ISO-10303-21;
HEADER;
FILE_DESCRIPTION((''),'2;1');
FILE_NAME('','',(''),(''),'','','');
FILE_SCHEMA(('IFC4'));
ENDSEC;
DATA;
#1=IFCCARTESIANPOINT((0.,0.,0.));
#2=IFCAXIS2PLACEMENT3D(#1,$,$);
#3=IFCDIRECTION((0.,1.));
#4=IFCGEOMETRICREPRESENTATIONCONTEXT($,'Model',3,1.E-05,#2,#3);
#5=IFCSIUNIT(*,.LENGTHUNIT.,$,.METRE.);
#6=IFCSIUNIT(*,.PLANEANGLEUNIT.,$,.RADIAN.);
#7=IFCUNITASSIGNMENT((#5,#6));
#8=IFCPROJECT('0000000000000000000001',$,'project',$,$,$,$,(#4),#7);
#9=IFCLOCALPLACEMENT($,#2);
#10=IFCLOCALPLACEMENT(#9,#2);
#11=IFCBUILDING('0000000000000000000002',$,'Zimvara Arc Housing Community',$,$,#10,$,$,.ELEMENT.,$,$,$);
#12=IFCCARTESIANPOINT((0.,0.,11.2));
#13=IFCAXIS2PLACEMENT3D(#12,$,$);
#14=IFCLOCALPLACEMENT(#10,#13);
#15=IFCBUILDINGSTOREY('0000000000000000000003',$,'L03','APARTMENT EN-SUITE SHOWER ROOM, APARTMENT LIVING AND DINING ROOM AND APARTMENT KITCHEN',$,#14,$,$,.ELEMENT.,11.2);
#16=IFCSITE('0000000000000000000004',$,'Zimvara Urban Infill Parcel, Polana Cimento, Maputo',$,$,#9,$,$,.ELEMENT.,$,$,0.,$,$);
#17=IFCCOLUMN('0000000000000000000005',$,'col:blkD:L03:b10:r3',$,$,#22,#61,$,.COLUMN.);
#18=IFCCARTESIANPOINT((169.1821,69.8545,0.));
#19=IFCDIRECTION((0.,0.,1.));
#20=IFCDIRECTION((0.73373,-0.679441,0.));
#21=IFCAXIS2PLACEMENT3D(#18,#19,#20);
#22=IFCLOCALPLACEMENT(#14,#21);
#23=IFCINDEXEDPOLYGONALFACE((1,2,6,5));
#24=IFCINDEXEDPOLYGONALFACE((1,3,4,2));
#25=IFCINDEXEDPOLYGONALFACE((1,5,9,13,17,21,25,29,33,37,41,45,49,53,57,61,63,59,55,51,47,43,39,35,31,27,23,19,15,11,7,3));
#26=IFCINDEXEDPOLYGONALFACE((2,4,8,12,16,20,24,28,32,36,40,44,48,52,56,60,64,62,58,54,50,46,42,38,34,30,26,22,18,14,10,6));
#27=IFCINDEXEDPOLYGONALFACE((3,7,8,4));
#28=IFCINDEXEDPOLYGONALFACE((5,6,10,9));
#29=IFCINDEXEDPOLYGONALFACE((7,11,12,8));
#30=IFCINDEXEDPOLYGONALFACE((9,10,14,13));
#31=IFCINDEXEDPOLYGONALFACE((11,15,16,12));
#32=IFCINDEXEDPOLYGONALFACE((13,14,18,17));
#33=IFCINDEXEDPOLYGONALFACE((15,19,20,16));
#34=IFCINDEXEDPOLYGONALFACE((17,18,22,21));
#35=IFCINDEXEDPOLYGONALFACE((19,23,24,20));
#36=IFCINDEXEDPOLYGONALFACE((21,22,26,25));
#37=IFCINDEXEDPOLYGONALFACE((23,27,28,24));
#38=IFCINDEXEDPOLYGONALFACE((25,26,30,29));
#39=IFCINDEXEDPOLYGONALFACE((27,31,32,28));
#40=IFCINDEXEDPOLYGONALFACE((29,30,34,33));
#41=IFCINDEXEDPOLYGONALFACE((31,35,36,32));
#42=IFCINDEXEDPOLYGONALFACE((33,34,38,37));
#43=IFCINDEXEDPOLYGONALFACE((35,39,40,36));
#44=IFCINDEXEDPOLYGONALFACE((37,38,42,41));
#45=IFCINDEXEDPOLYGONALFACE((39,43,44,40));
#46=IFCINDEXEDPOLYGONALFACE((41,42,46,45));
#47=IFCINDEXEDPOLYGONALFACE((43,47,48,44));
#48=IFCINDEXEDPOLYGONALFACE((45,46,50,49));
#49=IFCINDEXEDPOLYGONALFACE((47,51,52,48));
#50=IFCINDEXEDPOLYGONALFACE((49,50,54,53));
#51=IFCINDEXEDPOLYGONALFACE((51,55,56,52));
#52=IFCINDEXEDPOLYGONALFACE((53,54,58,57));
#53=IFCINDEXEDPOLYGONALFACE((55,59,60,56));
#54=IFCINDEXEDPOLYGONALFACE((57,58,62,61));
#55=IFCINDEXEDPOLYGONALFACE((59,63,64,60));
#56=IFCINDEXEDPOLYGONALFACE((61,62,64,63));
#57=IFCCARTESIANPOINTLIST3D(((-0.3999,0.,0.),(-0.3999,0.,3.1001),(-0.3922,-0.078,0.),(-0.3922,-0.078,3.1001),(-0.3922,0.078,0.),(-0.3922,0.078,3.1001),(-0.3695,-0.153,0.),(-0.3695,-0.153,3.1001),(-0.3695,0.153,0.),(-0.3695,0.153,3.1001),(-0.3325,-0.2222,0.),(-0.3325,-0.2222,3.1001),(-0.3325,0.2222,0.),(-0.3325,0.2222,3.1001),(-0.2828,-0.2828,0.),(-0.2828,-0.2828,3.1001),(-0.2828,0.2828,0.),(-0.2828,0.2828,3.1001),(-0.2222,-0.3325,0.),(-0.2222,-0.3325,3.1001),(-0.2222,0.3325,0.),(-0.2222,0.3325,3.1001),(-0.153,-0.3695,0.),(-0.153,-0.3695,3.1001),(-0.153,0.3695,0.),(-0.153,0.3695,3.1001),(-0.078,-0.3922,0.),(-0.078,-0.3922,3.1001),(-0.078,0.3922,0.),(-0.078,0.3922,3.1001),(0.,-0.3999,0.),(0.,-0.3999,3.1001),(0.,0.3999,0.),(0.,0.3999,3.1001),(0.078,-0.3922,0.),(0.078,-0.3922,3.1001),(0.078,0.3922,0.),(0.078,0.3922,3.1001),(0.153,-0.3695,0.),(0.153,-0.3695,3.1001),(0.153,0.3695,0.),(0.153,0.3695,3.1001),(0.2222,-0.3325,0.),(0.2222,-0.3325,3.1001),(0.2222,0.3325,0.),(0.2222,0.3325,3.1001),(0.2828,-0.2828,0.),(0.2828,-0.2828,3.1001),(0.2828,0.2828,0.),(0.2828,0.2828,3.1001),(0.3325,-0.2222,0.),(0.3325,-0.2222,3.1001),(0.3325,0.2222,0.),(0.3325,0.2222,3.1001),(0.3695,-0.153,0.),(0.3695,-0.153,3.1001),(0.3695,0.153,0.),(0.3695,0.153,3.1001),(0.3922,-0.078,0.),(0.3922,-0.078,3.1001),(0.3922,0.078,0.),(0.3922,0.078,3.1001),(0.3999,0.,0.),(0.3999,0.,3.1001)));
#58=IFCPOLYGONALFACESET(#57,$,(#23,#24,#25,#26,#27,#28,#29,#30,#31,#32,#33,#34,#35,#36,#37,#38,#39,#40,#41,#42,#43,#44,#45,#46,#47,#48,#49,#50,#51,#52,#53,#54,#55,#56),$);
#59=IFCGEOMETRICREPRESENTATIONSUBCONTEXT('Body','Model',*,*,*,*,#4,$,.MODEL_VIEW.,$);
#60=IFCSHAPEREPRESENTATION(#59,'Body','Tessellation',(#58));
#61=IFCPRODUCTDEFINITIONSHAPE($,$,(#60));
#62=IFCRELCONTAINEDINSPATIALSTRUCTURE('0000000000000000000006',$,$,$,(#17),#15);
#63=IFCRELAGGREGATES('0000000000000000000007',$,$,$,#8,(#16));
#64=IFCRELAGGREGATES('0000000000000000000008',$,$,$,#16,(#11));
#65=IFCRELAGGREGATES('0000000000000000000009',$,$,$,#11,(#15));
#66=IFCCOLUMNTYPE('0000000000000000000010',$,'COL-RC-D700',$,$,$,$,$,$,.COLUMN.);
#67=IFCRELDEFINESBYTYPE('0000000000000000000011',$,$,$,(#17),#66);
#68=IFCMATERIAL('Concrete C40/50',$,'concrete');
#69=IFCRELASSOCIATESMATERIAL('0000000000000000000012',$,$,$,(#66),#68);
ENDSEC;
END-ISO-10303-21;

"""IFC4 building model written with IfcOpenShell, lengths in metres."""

from ifc_helpers import new_model, si_unit, direction, frame, origin, origin_2d, place, context, subcontext, project, spatial, circle, extrude, material, material_profile, profile_set, type_object, element, save


model = new_model("IFC4")

# Units and contexts
model_context = context("Model", 3, precision=1e-05, world=origin(), true_north=direction((0.0, 1.0)))
body_context = subcontext(model_context, "Body", "Model", "MODEL_VIEW")
ifc_project = project(units=[si_unit("LENGTHUNIT", "METRE"), si_unit("PLANEANGLEUNIT", "RADIAN")], contexts=[model_context])

# Site, building, storey
site_placement = place(None, origin())
site = spatial("IfcSite", under=ifc_project, at=site_placement, Name="Zimvara Urban Infill Parcel, Polana Cimento, Maputo", CompositionType="ELEMENT", RefElevation=0.0)
building_placement = place(site_placement, origin())
building = spatial("IfcBuilding", under=site, at=building_placement, Name="Zimvara Arc Housing Community", CompositionType="ELEMENT")
storey_placement = place(building_placement, frame((0.0, 0.0, 11.2)))
storey = spatial("IfcBuildingStorey", under=building, at=storey_placement, Name="L03", Description="APARTMENT EN-SUITE SHOWER ROOM, APARTMENT LIVING AND DINING ROOM AND APARTMENT KITCHEN", CompositionType="ELEMENT", Elevation=11.2)

# Column
ifc_material_1 = material(Name="Concrete C40/50", Category="concrete")
ifc_material_profile_1 = material_profile(ifc_material_1, circle(Radius=0.3999, at=origin_2d()), Name="RC D800")
ifc_profile_set_1 = profile_set([ifc_material_profile_1], Name="Concrete C40/50")
column_type_1 = type_object("IfcColumnType", Name="COL-RC-D700", PredefinedType="COLUMN", material=ifc_profile_set_1)
column_placement = place(storey_placement, frame((169.1821, 69.8545, 0.0), z_axis=(0.0, 0.0, 1.0), x_axis=(0.73373, -0.679441, 0.0)))
element("IfcColumn", 1, at=column_placement, inside=storey, type_object=column_type_1, Name="col:blkD:L03:b10:r3", PredefinedType="COLUMN", context=body_context, shape_type="SweptSolid", body=[
    extrude(circle(Radius=0.3999, at=origin_2d()), origin(), (0.0, 0.0, 1.0), 3.1001),
])

save(model, "model.ifc")
